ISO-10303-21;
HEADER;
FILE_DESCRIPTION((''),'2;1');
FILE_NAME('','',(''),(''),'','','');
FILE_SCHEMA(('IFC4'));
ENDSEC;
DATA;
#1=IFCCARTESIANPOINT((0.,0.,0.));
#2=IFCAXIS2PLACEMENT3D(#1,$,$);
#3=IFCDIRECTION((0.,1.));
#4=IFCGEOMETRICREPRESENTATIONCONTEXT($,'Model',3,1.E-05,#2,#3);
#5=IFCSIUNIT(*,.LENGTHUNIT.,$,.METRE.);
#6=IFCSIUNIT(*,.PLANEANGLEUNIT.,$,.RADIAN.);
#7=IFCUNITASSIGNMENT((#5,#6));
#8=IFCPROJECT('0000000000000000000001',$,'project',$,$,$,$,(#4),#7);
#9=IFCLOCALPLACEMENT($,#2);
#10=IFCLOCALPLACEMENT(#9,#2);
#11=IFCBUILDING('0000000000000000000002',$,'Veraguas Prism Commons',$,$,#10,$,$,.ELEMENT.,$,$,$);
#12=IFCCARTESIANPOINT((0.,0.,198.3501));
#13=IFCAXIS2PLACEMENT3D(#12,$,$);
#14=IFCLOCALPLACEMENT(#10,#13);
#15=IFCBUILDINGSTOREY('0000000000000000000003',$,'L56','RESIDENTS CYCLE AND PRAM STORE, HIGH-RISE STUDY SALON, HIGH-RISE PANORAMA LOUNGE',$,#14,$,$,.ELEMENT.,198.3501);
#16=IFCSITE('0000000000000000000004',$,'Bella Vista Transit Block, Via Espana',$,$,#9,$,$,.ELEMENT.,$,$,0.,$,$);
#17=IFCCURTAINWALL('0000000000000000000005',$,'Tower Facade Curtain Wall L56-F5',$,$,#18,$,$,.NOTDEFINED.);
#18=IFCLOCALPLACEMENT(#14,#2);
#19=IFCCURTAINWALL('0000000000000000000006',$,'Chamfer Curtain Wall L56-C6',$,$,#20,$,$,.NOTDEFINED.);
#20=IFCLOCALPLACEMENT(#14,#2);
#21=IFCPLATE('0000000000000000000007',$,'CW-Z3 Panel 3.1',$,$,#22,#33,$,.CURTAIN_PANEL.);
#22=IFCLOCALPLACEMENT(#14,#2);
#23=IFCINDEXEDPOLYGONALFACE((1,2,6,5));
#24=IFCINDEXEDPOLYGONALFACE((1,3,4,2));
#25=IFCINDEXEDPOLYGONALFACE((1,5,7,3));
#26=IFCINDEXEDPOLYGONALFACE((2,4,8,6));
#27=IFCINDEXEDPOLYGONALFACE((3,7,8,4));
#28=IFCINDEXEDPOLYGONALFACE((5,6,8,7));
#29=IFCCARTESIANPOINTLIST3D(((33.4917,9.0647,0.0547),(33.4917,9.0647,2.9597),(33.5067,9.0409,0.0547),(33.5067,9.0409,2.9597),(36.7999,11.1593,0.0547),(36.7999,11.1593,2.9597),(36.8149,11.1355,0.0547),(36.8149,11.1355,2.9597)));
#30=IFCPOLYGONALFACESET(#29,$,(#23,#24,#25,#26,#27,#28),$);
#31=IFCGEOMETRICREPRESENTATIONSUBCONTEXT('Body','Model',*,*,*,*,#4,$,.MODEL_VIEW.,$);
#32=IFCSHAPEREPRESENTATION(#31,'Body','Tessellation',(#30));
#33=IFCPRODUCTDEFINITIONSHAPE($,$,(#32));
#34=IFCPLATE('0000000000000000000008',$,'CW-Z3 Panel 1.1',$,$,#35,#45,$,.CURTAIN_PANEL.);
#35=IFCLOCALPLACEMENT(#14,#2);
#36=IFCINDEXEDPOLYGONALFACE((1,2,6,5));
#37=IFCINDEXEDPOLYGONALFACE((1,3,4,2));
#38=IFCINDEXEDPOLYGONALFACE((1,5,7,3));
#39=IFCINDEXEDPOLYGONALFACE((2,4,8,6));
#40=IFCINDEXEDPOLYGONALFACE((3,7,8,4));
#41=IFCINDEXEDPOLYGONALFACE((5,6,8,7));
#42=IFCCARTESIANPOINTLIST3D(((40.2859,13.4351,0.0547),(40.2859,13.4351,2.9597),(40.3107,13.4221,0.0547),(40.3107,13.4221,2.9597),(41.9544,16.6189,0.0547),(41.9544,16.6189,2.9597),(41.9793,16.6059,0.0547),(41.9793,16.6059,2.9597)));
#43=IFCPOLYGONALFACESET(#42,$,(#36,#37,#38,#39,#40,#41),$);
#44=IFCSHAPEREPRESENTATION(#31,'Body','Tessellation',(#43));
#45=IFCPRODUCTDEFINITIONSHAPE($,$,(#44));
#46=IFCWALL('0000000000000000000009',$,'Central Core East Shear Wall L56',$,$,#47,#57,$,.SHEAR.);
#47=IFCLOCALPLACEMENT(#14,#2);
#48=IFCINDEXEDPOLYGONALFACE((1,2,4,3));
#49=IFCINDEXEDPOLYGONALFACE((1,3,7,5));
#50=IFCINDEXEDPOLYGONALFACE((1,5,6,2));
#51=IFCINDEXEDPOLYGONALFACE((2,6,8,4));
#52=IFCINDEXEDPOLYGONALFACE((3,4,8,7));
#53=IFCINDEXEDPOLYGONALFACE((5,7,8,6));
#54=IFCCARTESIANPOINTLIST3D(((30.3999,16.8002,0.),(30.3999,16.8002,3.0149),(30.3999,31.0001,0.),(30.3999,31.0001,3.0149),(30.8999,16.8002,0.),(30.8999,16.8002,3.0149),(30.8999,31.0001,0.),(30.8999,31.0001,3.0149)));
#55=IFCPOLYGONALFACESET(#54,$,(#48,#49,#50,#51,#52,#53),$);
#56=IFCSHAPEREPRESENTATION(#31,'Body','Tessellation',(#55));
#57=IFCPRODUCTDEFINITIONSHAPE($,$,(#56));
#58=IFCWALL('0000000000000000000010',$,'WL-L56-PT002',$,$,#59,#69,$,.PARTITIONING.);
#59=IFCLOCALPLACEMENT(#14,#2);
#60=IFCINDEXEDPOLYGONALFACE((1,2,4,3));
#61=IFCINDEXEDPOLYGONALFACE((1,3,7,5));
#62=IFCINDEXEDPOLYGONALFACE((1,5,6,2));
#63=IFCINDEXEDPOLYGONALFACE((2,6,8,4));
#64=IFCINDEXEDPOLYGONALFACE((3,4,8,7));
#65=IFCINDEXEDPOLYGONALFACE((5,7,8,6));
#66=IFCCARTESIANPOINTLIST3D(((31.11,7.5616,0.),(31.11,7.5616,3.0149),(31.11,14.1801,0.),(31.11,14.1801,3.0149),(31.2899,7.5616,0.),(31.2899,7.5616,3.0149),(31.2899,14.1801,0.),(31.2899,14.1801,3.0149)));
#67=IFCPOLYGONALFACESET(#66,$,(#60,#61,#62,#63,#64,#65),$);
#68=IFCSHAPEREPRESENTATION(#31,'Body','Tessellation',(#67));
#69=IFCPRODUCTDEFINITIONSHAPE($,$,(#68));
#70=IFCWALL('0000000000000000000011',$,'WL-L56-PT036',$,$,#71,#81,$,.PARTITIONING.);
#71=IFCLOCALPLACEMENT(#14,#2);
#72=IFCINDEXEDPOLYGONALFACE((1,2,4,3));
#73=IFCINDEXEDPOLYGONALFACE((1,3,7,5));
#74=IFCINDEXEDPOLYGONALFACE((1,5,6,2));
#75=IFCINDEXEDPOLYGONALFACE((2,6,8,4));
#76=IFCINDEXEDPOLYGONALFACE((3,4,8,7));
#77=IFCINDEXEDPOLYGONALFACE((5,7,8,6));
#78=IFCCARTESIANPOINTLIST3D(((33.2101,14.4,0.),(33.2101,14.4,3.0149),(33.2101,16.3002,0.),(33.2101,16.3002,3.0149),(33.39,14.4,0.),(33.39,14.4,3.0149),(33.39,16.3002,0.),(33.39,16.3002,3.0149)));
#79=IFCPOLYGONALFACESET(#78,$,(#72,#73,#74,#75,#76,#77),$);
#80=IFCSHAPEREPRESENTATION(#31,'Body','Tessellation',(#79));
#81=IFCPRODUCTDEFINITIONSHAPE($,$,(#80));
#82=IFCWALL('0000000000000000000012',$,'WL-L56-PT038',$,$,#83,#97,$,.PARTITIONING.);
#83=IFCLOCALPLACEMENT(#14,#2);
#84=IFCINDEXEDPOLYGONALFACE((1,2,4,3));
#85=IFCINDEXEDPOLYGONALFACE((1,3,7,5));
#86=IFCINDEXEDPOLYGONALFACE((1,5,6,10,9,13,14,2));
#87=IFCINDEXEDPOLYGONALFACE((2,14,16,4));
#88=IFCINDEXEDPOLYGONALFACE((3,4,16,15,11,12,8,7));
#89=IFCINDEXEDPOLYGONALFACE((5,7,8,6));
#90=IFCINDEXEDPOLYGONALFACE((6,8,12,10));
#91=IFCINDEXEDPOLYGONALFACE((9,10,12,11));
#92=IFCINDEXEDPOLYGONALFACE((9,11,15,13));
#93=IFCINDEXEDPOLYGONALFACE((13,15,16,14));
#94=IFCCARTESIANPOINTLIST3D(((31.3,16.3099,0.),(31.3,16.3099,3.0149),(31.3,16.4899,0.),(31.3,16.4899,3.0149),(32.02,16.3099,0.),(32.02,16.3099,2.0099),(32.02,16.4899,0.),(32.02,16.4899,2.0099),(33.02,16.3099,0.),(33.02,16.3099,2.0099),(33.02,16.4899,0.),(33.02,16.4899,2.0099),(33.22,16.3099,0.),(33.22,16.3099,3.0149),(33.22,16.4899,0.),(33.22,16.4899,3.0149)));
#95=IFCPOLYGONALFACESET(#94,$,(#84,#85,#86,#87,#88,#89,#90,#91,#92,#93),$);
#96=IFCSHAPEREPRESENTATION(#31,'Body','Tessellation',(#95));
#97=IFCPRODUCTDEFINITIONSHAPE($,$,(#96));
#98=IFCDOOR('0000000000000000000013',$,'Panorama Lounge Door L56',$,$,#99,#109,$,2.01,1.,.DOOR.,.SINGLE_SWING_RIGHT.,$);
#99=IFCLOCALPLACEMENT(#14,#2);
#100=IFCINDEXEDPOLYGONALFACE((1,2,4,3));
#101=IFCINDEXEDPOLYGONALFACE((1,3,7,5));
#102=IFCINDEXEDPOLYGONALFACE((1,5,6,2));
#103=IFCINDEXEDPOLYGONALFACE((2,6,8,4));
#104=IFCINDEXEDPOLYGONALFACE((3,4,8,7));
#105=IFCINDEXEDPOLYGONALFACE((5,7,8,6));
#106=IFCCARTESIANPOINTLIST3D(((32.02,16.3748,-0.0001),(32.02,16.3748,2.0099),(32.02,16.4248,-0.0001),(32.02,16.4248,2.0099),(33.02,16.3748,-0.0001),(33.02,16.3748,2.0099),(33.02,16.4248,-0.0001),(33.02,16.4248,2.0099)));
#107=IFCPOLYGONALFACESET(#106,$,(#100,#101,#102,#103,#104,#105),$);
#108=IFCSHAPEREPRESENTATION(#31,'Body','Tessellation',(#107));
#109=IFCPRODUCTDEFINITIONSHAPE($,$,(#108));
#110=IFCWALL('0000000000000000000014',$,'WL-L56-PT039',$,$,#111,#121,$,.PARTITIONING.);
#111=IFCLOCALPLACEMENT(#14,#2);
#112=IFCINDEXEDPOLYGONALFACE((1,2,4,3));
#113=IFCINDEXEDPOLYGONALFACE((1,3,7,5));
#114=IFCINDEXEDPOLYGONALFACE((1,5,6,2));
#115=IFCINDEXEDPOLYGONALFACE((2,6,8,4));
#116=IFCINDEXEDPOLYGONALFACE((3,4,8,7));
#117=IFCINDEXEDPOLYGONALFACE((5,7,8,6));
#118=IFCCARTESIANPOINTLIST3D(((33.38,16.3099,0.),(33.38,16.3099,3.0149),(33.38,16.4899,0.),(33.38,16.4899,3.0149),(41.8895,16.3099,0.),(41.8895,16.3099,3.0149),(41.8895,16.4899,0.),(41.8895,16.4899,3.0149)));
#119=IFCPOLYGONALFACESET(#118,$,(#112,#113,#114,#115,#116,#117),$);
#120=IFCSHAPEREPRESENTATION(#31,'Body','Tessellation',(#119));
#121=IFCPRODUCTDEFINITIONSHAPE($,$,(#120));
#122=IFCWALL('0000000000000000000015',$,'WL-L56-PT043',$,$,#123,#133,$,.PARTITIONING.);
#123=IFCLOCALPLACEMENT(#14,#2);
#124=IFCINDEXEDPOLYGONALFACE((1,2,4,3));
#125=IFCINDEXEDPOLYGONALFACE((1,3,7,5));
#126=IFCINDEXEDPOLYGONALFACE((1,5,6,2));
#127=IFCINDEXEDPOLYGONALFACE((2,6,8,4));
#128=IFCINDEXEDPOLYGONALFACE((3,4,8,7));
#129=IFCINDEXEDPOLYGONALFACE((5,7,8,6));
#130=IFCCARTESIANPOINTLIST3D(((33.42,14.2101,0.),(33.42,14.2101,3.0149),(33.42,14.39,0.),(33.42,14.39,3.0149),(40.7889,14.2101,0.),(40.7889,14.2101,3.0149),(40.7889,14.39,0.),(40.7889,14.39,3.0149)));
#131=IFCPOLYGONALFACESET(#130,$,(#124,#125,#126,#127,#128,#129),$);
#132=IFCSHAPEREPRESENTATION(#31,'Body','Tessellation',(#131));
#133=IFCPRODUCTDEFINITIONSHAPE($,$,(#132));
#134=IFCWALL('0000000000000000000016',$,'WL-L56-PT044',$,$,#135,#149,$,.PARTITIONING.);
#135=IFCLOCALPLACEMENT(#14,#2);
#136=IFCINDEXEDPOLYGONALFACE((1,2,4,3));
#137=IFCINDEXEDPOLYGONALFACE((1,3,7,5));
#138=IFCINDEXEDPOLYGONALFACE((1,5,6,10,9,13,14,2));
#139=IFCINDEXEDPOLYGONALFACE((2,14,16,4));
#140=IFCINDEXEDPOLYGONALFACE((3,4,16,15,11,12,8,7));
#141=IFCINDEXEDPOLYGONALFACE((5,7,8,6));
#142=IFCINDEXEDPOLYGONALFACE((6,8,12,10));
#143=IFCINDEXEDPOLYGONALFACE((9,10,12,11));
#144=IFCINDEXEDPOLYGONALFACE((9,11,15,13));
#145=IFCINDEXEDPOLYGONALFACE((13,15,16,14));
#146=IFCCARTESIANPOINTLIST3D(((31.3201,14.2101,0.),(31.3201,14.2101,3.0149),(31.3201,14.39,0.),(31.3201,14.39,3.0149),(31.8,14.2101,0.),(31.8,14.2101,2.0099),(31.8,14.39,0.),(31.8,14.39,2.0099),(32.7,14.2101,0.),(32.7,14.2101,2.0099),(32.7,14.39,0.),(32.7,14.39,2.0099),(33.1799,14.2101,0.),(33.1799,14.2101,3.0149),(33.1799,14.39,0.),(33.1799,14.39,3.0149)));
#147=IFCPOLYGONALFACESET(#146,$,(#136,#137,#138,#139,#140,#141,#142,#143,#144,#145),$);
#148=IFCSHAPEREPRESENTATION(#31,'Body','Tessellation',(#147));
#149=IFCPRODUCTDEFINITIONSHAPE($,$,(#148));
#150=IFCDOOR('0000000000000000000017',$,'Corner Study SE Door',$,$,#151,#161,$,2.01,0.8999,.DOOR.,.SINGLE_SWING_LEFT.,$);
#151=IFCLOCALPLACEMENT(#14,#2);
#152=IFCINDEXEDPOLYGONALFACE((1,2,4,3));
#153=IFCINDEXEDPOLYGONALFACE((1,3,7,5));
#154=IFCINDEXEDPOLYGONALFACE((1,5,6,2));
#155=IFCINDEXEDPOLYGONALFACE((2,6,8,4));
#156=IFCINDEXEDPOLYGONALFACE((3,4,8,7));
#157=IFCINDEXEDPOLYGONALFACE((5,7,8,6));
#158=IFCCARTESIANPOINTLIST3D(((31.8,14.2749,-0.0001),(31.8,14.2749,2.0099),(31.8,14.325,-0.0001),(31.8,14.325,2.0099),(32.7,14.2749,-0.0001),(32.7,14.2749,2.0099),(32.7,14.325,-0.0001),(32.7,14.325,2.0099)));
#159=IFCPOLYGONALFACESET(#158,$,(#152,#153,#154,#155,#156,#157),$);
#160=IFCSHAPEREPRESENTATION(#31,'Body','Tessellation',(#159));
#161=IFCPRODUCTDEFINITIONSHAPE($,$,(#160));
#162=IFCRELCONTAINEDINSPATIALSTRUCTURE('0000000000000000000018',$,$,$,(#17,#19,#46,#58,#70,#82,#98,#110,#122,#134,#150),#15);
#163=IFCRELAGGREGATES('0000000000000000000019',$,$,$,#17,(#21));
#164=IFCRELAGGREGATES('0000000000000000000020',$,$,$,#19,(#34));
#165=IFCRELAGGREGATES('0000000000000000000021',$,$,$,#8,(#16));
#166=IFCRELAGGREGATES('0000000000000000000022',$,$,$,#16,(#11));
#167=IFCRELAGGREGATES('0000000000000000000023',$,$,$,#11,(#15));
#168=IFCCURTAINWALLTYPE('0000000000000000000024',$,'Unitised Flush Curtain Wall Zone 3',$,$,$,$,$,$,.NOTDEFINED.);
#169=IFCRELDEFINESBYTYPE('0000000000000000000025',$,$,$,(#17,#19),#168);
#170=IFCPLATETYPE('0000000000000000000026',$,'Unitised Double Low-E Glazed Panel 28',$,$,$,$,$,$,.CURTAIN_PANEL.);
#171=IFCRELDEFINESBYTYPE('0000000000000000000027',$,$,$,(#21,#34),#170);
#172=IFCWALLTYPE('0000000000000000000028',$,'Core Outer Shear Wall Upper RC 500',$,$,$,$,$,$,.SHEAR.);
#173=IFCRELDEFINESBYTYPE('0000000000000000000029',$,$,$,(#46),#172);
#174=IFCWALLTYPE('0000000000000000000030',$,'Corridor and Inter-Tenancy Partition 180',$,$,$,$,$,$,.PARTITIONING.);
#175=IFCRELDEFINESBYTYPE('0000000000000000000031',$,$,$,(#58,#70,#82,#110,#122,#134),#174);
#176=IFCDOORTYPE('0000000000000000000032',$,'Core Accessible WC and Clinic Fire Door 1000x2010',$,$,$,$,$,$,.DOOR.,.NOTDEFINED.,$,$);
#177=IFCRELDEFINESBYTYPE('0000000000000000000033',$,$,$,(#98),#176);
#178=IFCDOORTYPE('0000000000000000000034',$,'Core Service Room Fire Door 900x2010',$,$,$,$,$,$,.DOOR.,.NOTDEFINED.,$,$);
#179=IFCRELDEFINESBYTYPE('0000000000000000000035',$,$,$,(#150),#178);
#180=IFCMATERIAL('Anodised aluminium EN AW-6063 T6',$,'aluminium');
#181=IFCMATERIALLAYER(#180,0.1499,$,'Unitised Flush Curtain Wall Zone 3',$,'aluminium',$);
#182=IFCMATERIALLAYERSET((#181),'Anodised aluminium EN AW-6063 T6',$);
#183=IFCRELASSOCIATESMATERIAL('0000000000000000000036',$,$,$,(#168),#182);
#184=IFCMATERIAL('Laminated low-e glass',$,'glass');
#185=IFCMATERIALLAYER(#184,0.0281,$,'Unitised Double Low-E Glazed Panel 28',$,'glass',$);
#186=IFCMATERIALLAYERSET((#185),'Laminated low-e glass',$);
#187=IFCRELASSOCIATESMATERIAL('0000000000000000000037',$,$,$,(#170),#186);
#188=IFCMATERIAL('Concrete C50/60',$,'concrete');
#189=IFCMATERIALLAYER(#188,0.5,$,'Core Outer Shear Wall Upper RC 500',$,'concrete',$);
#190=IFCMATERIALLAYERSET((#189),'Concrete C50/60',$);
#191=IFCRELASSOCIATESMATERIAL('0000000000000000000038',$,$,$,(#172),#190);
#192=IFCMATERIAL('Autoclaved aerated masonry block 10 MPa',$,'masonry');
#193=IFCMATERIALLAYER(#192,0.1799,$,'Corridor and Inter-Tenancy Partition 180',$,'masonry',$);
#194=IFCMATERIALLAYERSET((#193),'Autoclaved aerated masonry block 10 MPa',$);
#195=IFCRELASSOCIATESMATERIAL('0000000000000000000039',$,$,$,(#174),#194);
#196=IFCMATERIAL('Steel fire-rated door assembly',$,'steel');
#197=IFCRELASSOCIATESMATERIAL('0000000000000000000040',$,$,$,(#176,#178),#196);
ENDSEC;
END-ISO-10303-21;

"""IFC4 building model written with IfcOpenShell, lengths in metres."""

from ifc_helpers import new_model, si_unit, direction, frame, frame_2d, origin, origin_2d, place, context, subcontext, project, spatial, rectangle, extrude, source, transform, mapped, material, layer, layer_set, type_object, element, fill, aggregate, save


model = new_model("IFC4")

# Units and contexts
model_context = context("Model", 3, precision=1e-05, world=origin(), true_north=direction((0.0, 1.0)))
body_context = subcontext(model_context, "Body", "Model", "MODEL_VIEW")
ifc_project = project(units=[si_unit("LENGTHUNIT", "METRE"), si_unit("PLANEANGLEUNIT", "RADIAN")], contexts=[model_context])

# Site, building, storey
site_placement = place(None, origin())
site = spatial("IfcSite", under=ifc_project, at=site_placement, Name="Bella Vista Transit Block, Via Espana", CompositionType="ELEMENT", RefElevation=0.0)
building_placement = place(site_placement, origin())
building = spatial("IfcBuilding", under=site, at=building_placement, Name="Veraguas Prism Commons", CompositionType="ELEMENT")
storey_placement = place(building_placement, frame((0.0, 0.0, 198.3501)))
storey = spatial("IfcBuildingStorey", under=building, at=storey_placement, Name="L56", Description="RESIDENTS CYCLE AND PRAM STORE, HIGH-RISE STUDY SALON, HIGH-RISE PANORAMA LOUNGE", CompositionType="ELEMENT", Elevation=198.3501)

# Shared definitions
ifc_material_1 = material(Name="Concrete C50/60", Category="concrete")

# Curtain walls
ifc_material_2 = material(Name="Anodised aluminium EN AW-6063 T6", Category="aluminium")
ifc_layer_1 = layer(ifc_material_2, 0.1499, Name="Unitised Flush Curtain Wall Zone 3", Category="aluminium")
ifc_layer_set_1 = layer_set([ifc_layer_1], Name="Anodised aluminium EN AW-6063 T6")
curtain_wall_type = type_object("IfcCurtainWallType", Name="Unitised Flush Curtain Wall Zone 3", PredefinedType="NOTDEFINED", material=ifc_layer_set_1)
curtain_wall_1_placement = place(storey_placement, origin())
curtain_wall_1 = element("IfcCurtainWall", 1, at=curtain_wall_1_placement, inside=storey, type_object=curtain_wall_type, Name="Tower Facade Curtain Wall L56-F5", PredefinedType="NOTDEFINED")
curtain_wall_2_placement = place(storey_placement, origin())
curtain_wall_2 = element("IfcCurtainWall", 2, at=curtain_wall_2_placement, inside=storey, type_object=curtain_wall_type, Name="Chamfer Curtain Wall L56-C6", PredefinedType="NOTDEFINED")

# Plates
ifc_material_3 = material(Name="Laminated low-e glass", Category="glass")
ifc_layer_2 = layer(ifc_material_3, 0.0281, Name="Unitised Double Low-E Glazed Panel 28", Category="glass")
ifc_layer_set_2 = layer_set([ifc_layer_2], Name="Laminated low-e glass")
plate_type = type_object("IfcPlateType", Name="Unitised Double Low-E Glazed Panel 28", PredefinedType="CURTAIN_PANEL", material=ifc_layer_set_2)
shared_shape_1 = source(origin(), body_context, "Body", "SweptSolid", [
    extrude(rectangle(XDim=3.9155, YDim=0.0281, at=origin_2d()), origin(), (0.0, 0.0, 1.0), 2.905),
])
plate_1_placement = place(storey_placement, frame((35.1533, 10.1001, 0.0547), z_axis=(0.0, 0.0, 1.0), x_axis=(0.844887, 0.534945, 0.0)))
plate_1 = element("IfcPlate", 3, at=plate_1_placement, type_object=plate_type, Name="CW-Z3 Panel 3.1", PredefinedType="CURTAIN_PANEL", context=body_context, shape_type="MappedRepresentation", body=[
    mapped(shared_shape_1, transform((0.0, 0.0, 0.0), scale=1.0)),
])
aggregate(curtain_wall_1, [plate_1])
shared_shape_2 = source(origin(), body_context, "Body", "SweptSolid", [
    extrude(rectangle(XDim=3.5945, YDim=0.0281, at=origin_2d()), origin(), (0.0, 0.0, 1.0), 2.905),
])
plate_2_placement = place(storey_placement, frame((41.1326, 15.0205, 0.0547), z_axis=(0.0, 0.0, 1.0), x_axis=(0.46419, 0.885736, 0.0)))
plate_2 = element("IfcPlate", 4, at=plate_2_placement, type_object=plate_type, Name="CW-Z3 Panel 1.1", PredefinedType="CURTAIN_PANEL", context=body_context, shape_type="MappedRepresentation", body=[
    mapped(shared_shape_2, transform((0.0, 0.0, 0.0), scale=1.0)),
])
aggregate(curtain_wall_2, [plate_2])

# Walls
ifc_layer_3 = layer(ifc_material_1, 0.5, Name="Core Outer Shear Wall Upper RC 500", Category="concrete")
ifc_layer_set_3 = layer_set([ifc_layer_3], Name="Concrete C50/60")
wall_type_1 = type_object("IfcWallType", Name="Core Outer Shear Wall Upper RC 500", PredefinedType="SHEAR", material=ifc_layer_set_3)
wall_1_placement = place(storey_placement, frame((30.6499, 16.8, 0.0), z_axis=(0.0, 0.0, 1.0), x_axis=(0.0, 1.0, 0.0)))
element("IfcWall", 5, at=wall_1_placement, inside=storey, type_object=wall_type_1, Name="Central Core East Shear Wall L56", PredefinedType="SHEAR", context=body_context, shape_type="SweptSolid", body=[
    extrude(rectangle(XDim=14.2, YDim=0.5, at=frame_2d((7.1001, 0.0))), origin(), (0.0, 0.0, 1.0), 3.0149),
])
ifc_material_4 = material(Name="Autoclaved aerated masonry block 10 MPa", Category="masonry")
ifc_layer_4 = layer(ifc_material_4, 0.1799, Name="Corridor and Inter-Tenancy Partition 180", Category="masonry")
ifc_layer_set_4 = layer_set([ifc_layer_4], Name="Autoclaved aerated masonry block 10 MPa")
wall_type_2 = type_object("IfcWallType", Name="Corridor and Inter-Tenancy Partition 180", PredefinedType="PARTITIONING", material=ifc_layer_set_4)
wall_2_placement = place(storey_placement, frame((31.2, 14.1799, 0.0), z_axis=(0.0, 0.0, 1.0), x_axis=(0.0, -1.0, 0.0)))
element("IfcWall", 6, at=wall_2_placement, inside=storey, type_object=wall_type_2, Name="WL-L56-PT002", PredefinedType="PARTITIONING", context=body_context, shape_type="SweptSolid", body=[
    extrude(rectangle(XDim=6.6184, YDim=0.1799, at=frame_2d((3.3091, 0.0))), origin(), (0.0, 0.0, 1.0), 3.0149),
])
wall_3_placement = place(storey_placement, frame((33.3, 14.3999, 0.0), z_axis=(0.0, 0.0, 1.0), x_axis=(0.0, 1.0, 0.0)))
element("IfcWall", 7, at=wall_3_placement, inside=storey, type_object=wall_type_2, Name="WL-L56-PT036", PredefinedType="PARTITIONING", context=body_context, shape_type="SweptSolid", body=[
    extrude(rectangle(XDim=1.9001, YDim=0.1799, at=frame_2d((0.9502, 0.0))), origin(), (0.0, 0.0, 1.0), 3.0149),
])

# Wall, opening, door
wall_4_placement = place(storey_placement, frame((31.3, 16.3999, 0.0), z_axis=(0.0, 0.0, 1.0), x_axis=(1.0, 0.0, 0.0)))
wall_4 = element("IfcWall", 8, at=wall_4_placement, inside=storey, type_object=wall_type_2, Name="WL-L56-PT038", PredefinedType="PARTITIONING", context=body_context, shape_type="SweptSolid", body=[
    extrude(rectangle(XDim=1.9199, YDim=0.1799, at=frame_2d((0.96, 0.0))), origin(), (0.0, 0.0, 1.0), 3.0149),
])
opening_1_placement = place(wall_4_placement, frame((0.72, 0.0, 0.0)))
opening_1 = element("IfcOpeningElement", 9, at=opening_1_placement, cuts=wall_4, PredefinedType="OPENING", context=body_context, shape_type="SweptSolid", body=[
    extrude(rectangle(XDim=1.0, YDim=2.01, at=frame_2d((0.5, 1.0049))), frame((0.0, 0.0999, 0.0), z_axis=(0.0, -1.0, 0.0), x_axis=(1.0, 0.0, 0.0)), (0.0, 0.0, 1.0), 0.2),
])
ifc_material_5 = material(Name="Steel fire-rated door assembly", Category="steel")
door_type_1 = type_object("IfcDoorType", Name="Core Accessible WC and Clinic Fire Door 1000x2010", OperationType="NOTDEFINED", PredefinedType="DOOR", material=ifc_material_5)
shared_shape_3 = source(origin(), body_context, "Body", "SweptSolid", [
    extrude(rectangle(XDim=1.0, YDim=2.01, at=frame_2d((0.5, 1.0049))), frame((0.0, 0.0249, 0.0), z_axis=(0.0, -1.0, 0.0), x_axis=(1.0, 0.0, 0.0)), (0.0, 0.0, 1.0), 0.05),
])
door_1_placement = place(opening_1_placement, origin())
door_1 = element("IfcDoor", 10, at=door_1_placement, inside=storey, type_object=door_type_1, Name="Panorama Lounge Door L56", OperationType="SINGLE_SWING_RIGHT", OverallHeight=2.01, OverallWidth=1.0, PredefinedType="DOOR", context=body_context, shape_type="MappedRepresentation", body=[
    mapped(shared_shape_3, transform((0.0, 0.0, 0.0), scale=1.0)),
])
fill(opening_1, door_1)

# Walls
wall_5_placement = place(storey_placement, frame((33.3799, 16.3999, 0.0), z_axis=(0.0, 0.0, 1.0), x_axis=(1.0, 0.0, 0.0)))
element("IfcWall", 11, at=wall_5_placement, inside=storey, type_object=wall_type_2, Name="WL-L56-PT039", PredefinedType="PARTITIONING", context=body_context, shape_type="SweptSolid", body=[
    extrude(rectangle(XDim=8.5095, YDim=0.1799, at=frame_2d((4.2549, 0.0))), origin(), (0.0, 0.0, 1.0), 3.0149),
])
wall_6_placement = place(storey_placement, frame((33.4199, 14.3, 0.0), z_axis=(0.0, 0.0, 1.0), x_axis=(1.0, 0.0, 0.0)))
element("IfcWall", 12, at=wall_6_placement, inside=storey, type_object=wall_type_2, Name="WL-L56-PT043", PredefinedType="PARTITIONING", context=body_context, shape_type="SweptSolid", body=[
    extrude(rectangle(XDim=7.3689, YDim=0.1799, at=frame_2d((3.6846, 0.0))), origin(), (0.0, 0.0, 1.0), 3.0149),
])

# Wall, opening, door
wall_7_placement = place(storey_placement, frame((31.3201, 14.3, 0.0), z_axis=(0.0, 0.0, 1.0), x_axis=(1.0, 0.0, 0.0)))
wall_7 = element("IfcWall", 13, at=wall_7_placement, inside=storey, type_object=wall_type_2, Name="WL-L56-PT044", PredefinedType="PARTITIONING", context=body_context, shape_type="SweptSolid", body=[
    extrude(rectangle(XDim=1.8599, YDim=0.1799, at=frame_2d((0.9299, 0.0))), origin(), (0.0, 0.0, 1.0), 3.0149),
])
opening_2_placement = place(wall_7_placement, frame((0.48, 0.0, 0.0)))
opening_2 = element("IfcOpeningElement", 14, at=opening_2_placement, cuts=wall_7, PredefinedType="OPENING", context=body_context, shape_type="SweptSolid", body=[
    extrude(rectangle(XDim=0.8999, YDim=2.01, at=frame_2d((0.45, 1.0049))), frame((0.0, 0.0999, 0.0), z_axis=(0.0, -1.0, 0.0), x_axis=(1.0, 0.0, 0.0)), (0.0, 0.0, 1.0), 0.2),
])
door_type_2 = type_object("IfcDoorType", Name="Core Service Room Fire Door 900x2010", OperationType="NOTDEFINED", PredefinedType="DOOR", material=ifc_material_5)
shared_shape_4 = source(origin(), body_context, "Body", "SweptSolid", [
    extrude(rectangle(XDim=0.8999, YDim=2.01, at=frame_2d((0.45, 1.0049))), frame((0.0, 0.0249, 0.0), z_axis=(0.0, -1.0, 0.0), x_axis=(1.0, 0.0, 0.0)), (0.0, 0.0, 1.0), 0.05),
])
door_2_placement = place(opening_2_placement, origin())
door_2 = element("IfcDoor", 15, at=door_2_placement, inside=storey, type_object=door_type_2, Name="Corner Study SE Door", OperationType="SINGLE_SWING_LEFT", OverallHeight=2.01, OverallWidth=0.8999, PredefinedType="DOOR", context=body_context, shape_type="MappedRepresentation", body=[
    mapped(shared_shape_4, transform((0.0, 0.0, 0.0), scale=1.0)),
])
fill(opening_2, door_2)

save(model, "model.ifc")
